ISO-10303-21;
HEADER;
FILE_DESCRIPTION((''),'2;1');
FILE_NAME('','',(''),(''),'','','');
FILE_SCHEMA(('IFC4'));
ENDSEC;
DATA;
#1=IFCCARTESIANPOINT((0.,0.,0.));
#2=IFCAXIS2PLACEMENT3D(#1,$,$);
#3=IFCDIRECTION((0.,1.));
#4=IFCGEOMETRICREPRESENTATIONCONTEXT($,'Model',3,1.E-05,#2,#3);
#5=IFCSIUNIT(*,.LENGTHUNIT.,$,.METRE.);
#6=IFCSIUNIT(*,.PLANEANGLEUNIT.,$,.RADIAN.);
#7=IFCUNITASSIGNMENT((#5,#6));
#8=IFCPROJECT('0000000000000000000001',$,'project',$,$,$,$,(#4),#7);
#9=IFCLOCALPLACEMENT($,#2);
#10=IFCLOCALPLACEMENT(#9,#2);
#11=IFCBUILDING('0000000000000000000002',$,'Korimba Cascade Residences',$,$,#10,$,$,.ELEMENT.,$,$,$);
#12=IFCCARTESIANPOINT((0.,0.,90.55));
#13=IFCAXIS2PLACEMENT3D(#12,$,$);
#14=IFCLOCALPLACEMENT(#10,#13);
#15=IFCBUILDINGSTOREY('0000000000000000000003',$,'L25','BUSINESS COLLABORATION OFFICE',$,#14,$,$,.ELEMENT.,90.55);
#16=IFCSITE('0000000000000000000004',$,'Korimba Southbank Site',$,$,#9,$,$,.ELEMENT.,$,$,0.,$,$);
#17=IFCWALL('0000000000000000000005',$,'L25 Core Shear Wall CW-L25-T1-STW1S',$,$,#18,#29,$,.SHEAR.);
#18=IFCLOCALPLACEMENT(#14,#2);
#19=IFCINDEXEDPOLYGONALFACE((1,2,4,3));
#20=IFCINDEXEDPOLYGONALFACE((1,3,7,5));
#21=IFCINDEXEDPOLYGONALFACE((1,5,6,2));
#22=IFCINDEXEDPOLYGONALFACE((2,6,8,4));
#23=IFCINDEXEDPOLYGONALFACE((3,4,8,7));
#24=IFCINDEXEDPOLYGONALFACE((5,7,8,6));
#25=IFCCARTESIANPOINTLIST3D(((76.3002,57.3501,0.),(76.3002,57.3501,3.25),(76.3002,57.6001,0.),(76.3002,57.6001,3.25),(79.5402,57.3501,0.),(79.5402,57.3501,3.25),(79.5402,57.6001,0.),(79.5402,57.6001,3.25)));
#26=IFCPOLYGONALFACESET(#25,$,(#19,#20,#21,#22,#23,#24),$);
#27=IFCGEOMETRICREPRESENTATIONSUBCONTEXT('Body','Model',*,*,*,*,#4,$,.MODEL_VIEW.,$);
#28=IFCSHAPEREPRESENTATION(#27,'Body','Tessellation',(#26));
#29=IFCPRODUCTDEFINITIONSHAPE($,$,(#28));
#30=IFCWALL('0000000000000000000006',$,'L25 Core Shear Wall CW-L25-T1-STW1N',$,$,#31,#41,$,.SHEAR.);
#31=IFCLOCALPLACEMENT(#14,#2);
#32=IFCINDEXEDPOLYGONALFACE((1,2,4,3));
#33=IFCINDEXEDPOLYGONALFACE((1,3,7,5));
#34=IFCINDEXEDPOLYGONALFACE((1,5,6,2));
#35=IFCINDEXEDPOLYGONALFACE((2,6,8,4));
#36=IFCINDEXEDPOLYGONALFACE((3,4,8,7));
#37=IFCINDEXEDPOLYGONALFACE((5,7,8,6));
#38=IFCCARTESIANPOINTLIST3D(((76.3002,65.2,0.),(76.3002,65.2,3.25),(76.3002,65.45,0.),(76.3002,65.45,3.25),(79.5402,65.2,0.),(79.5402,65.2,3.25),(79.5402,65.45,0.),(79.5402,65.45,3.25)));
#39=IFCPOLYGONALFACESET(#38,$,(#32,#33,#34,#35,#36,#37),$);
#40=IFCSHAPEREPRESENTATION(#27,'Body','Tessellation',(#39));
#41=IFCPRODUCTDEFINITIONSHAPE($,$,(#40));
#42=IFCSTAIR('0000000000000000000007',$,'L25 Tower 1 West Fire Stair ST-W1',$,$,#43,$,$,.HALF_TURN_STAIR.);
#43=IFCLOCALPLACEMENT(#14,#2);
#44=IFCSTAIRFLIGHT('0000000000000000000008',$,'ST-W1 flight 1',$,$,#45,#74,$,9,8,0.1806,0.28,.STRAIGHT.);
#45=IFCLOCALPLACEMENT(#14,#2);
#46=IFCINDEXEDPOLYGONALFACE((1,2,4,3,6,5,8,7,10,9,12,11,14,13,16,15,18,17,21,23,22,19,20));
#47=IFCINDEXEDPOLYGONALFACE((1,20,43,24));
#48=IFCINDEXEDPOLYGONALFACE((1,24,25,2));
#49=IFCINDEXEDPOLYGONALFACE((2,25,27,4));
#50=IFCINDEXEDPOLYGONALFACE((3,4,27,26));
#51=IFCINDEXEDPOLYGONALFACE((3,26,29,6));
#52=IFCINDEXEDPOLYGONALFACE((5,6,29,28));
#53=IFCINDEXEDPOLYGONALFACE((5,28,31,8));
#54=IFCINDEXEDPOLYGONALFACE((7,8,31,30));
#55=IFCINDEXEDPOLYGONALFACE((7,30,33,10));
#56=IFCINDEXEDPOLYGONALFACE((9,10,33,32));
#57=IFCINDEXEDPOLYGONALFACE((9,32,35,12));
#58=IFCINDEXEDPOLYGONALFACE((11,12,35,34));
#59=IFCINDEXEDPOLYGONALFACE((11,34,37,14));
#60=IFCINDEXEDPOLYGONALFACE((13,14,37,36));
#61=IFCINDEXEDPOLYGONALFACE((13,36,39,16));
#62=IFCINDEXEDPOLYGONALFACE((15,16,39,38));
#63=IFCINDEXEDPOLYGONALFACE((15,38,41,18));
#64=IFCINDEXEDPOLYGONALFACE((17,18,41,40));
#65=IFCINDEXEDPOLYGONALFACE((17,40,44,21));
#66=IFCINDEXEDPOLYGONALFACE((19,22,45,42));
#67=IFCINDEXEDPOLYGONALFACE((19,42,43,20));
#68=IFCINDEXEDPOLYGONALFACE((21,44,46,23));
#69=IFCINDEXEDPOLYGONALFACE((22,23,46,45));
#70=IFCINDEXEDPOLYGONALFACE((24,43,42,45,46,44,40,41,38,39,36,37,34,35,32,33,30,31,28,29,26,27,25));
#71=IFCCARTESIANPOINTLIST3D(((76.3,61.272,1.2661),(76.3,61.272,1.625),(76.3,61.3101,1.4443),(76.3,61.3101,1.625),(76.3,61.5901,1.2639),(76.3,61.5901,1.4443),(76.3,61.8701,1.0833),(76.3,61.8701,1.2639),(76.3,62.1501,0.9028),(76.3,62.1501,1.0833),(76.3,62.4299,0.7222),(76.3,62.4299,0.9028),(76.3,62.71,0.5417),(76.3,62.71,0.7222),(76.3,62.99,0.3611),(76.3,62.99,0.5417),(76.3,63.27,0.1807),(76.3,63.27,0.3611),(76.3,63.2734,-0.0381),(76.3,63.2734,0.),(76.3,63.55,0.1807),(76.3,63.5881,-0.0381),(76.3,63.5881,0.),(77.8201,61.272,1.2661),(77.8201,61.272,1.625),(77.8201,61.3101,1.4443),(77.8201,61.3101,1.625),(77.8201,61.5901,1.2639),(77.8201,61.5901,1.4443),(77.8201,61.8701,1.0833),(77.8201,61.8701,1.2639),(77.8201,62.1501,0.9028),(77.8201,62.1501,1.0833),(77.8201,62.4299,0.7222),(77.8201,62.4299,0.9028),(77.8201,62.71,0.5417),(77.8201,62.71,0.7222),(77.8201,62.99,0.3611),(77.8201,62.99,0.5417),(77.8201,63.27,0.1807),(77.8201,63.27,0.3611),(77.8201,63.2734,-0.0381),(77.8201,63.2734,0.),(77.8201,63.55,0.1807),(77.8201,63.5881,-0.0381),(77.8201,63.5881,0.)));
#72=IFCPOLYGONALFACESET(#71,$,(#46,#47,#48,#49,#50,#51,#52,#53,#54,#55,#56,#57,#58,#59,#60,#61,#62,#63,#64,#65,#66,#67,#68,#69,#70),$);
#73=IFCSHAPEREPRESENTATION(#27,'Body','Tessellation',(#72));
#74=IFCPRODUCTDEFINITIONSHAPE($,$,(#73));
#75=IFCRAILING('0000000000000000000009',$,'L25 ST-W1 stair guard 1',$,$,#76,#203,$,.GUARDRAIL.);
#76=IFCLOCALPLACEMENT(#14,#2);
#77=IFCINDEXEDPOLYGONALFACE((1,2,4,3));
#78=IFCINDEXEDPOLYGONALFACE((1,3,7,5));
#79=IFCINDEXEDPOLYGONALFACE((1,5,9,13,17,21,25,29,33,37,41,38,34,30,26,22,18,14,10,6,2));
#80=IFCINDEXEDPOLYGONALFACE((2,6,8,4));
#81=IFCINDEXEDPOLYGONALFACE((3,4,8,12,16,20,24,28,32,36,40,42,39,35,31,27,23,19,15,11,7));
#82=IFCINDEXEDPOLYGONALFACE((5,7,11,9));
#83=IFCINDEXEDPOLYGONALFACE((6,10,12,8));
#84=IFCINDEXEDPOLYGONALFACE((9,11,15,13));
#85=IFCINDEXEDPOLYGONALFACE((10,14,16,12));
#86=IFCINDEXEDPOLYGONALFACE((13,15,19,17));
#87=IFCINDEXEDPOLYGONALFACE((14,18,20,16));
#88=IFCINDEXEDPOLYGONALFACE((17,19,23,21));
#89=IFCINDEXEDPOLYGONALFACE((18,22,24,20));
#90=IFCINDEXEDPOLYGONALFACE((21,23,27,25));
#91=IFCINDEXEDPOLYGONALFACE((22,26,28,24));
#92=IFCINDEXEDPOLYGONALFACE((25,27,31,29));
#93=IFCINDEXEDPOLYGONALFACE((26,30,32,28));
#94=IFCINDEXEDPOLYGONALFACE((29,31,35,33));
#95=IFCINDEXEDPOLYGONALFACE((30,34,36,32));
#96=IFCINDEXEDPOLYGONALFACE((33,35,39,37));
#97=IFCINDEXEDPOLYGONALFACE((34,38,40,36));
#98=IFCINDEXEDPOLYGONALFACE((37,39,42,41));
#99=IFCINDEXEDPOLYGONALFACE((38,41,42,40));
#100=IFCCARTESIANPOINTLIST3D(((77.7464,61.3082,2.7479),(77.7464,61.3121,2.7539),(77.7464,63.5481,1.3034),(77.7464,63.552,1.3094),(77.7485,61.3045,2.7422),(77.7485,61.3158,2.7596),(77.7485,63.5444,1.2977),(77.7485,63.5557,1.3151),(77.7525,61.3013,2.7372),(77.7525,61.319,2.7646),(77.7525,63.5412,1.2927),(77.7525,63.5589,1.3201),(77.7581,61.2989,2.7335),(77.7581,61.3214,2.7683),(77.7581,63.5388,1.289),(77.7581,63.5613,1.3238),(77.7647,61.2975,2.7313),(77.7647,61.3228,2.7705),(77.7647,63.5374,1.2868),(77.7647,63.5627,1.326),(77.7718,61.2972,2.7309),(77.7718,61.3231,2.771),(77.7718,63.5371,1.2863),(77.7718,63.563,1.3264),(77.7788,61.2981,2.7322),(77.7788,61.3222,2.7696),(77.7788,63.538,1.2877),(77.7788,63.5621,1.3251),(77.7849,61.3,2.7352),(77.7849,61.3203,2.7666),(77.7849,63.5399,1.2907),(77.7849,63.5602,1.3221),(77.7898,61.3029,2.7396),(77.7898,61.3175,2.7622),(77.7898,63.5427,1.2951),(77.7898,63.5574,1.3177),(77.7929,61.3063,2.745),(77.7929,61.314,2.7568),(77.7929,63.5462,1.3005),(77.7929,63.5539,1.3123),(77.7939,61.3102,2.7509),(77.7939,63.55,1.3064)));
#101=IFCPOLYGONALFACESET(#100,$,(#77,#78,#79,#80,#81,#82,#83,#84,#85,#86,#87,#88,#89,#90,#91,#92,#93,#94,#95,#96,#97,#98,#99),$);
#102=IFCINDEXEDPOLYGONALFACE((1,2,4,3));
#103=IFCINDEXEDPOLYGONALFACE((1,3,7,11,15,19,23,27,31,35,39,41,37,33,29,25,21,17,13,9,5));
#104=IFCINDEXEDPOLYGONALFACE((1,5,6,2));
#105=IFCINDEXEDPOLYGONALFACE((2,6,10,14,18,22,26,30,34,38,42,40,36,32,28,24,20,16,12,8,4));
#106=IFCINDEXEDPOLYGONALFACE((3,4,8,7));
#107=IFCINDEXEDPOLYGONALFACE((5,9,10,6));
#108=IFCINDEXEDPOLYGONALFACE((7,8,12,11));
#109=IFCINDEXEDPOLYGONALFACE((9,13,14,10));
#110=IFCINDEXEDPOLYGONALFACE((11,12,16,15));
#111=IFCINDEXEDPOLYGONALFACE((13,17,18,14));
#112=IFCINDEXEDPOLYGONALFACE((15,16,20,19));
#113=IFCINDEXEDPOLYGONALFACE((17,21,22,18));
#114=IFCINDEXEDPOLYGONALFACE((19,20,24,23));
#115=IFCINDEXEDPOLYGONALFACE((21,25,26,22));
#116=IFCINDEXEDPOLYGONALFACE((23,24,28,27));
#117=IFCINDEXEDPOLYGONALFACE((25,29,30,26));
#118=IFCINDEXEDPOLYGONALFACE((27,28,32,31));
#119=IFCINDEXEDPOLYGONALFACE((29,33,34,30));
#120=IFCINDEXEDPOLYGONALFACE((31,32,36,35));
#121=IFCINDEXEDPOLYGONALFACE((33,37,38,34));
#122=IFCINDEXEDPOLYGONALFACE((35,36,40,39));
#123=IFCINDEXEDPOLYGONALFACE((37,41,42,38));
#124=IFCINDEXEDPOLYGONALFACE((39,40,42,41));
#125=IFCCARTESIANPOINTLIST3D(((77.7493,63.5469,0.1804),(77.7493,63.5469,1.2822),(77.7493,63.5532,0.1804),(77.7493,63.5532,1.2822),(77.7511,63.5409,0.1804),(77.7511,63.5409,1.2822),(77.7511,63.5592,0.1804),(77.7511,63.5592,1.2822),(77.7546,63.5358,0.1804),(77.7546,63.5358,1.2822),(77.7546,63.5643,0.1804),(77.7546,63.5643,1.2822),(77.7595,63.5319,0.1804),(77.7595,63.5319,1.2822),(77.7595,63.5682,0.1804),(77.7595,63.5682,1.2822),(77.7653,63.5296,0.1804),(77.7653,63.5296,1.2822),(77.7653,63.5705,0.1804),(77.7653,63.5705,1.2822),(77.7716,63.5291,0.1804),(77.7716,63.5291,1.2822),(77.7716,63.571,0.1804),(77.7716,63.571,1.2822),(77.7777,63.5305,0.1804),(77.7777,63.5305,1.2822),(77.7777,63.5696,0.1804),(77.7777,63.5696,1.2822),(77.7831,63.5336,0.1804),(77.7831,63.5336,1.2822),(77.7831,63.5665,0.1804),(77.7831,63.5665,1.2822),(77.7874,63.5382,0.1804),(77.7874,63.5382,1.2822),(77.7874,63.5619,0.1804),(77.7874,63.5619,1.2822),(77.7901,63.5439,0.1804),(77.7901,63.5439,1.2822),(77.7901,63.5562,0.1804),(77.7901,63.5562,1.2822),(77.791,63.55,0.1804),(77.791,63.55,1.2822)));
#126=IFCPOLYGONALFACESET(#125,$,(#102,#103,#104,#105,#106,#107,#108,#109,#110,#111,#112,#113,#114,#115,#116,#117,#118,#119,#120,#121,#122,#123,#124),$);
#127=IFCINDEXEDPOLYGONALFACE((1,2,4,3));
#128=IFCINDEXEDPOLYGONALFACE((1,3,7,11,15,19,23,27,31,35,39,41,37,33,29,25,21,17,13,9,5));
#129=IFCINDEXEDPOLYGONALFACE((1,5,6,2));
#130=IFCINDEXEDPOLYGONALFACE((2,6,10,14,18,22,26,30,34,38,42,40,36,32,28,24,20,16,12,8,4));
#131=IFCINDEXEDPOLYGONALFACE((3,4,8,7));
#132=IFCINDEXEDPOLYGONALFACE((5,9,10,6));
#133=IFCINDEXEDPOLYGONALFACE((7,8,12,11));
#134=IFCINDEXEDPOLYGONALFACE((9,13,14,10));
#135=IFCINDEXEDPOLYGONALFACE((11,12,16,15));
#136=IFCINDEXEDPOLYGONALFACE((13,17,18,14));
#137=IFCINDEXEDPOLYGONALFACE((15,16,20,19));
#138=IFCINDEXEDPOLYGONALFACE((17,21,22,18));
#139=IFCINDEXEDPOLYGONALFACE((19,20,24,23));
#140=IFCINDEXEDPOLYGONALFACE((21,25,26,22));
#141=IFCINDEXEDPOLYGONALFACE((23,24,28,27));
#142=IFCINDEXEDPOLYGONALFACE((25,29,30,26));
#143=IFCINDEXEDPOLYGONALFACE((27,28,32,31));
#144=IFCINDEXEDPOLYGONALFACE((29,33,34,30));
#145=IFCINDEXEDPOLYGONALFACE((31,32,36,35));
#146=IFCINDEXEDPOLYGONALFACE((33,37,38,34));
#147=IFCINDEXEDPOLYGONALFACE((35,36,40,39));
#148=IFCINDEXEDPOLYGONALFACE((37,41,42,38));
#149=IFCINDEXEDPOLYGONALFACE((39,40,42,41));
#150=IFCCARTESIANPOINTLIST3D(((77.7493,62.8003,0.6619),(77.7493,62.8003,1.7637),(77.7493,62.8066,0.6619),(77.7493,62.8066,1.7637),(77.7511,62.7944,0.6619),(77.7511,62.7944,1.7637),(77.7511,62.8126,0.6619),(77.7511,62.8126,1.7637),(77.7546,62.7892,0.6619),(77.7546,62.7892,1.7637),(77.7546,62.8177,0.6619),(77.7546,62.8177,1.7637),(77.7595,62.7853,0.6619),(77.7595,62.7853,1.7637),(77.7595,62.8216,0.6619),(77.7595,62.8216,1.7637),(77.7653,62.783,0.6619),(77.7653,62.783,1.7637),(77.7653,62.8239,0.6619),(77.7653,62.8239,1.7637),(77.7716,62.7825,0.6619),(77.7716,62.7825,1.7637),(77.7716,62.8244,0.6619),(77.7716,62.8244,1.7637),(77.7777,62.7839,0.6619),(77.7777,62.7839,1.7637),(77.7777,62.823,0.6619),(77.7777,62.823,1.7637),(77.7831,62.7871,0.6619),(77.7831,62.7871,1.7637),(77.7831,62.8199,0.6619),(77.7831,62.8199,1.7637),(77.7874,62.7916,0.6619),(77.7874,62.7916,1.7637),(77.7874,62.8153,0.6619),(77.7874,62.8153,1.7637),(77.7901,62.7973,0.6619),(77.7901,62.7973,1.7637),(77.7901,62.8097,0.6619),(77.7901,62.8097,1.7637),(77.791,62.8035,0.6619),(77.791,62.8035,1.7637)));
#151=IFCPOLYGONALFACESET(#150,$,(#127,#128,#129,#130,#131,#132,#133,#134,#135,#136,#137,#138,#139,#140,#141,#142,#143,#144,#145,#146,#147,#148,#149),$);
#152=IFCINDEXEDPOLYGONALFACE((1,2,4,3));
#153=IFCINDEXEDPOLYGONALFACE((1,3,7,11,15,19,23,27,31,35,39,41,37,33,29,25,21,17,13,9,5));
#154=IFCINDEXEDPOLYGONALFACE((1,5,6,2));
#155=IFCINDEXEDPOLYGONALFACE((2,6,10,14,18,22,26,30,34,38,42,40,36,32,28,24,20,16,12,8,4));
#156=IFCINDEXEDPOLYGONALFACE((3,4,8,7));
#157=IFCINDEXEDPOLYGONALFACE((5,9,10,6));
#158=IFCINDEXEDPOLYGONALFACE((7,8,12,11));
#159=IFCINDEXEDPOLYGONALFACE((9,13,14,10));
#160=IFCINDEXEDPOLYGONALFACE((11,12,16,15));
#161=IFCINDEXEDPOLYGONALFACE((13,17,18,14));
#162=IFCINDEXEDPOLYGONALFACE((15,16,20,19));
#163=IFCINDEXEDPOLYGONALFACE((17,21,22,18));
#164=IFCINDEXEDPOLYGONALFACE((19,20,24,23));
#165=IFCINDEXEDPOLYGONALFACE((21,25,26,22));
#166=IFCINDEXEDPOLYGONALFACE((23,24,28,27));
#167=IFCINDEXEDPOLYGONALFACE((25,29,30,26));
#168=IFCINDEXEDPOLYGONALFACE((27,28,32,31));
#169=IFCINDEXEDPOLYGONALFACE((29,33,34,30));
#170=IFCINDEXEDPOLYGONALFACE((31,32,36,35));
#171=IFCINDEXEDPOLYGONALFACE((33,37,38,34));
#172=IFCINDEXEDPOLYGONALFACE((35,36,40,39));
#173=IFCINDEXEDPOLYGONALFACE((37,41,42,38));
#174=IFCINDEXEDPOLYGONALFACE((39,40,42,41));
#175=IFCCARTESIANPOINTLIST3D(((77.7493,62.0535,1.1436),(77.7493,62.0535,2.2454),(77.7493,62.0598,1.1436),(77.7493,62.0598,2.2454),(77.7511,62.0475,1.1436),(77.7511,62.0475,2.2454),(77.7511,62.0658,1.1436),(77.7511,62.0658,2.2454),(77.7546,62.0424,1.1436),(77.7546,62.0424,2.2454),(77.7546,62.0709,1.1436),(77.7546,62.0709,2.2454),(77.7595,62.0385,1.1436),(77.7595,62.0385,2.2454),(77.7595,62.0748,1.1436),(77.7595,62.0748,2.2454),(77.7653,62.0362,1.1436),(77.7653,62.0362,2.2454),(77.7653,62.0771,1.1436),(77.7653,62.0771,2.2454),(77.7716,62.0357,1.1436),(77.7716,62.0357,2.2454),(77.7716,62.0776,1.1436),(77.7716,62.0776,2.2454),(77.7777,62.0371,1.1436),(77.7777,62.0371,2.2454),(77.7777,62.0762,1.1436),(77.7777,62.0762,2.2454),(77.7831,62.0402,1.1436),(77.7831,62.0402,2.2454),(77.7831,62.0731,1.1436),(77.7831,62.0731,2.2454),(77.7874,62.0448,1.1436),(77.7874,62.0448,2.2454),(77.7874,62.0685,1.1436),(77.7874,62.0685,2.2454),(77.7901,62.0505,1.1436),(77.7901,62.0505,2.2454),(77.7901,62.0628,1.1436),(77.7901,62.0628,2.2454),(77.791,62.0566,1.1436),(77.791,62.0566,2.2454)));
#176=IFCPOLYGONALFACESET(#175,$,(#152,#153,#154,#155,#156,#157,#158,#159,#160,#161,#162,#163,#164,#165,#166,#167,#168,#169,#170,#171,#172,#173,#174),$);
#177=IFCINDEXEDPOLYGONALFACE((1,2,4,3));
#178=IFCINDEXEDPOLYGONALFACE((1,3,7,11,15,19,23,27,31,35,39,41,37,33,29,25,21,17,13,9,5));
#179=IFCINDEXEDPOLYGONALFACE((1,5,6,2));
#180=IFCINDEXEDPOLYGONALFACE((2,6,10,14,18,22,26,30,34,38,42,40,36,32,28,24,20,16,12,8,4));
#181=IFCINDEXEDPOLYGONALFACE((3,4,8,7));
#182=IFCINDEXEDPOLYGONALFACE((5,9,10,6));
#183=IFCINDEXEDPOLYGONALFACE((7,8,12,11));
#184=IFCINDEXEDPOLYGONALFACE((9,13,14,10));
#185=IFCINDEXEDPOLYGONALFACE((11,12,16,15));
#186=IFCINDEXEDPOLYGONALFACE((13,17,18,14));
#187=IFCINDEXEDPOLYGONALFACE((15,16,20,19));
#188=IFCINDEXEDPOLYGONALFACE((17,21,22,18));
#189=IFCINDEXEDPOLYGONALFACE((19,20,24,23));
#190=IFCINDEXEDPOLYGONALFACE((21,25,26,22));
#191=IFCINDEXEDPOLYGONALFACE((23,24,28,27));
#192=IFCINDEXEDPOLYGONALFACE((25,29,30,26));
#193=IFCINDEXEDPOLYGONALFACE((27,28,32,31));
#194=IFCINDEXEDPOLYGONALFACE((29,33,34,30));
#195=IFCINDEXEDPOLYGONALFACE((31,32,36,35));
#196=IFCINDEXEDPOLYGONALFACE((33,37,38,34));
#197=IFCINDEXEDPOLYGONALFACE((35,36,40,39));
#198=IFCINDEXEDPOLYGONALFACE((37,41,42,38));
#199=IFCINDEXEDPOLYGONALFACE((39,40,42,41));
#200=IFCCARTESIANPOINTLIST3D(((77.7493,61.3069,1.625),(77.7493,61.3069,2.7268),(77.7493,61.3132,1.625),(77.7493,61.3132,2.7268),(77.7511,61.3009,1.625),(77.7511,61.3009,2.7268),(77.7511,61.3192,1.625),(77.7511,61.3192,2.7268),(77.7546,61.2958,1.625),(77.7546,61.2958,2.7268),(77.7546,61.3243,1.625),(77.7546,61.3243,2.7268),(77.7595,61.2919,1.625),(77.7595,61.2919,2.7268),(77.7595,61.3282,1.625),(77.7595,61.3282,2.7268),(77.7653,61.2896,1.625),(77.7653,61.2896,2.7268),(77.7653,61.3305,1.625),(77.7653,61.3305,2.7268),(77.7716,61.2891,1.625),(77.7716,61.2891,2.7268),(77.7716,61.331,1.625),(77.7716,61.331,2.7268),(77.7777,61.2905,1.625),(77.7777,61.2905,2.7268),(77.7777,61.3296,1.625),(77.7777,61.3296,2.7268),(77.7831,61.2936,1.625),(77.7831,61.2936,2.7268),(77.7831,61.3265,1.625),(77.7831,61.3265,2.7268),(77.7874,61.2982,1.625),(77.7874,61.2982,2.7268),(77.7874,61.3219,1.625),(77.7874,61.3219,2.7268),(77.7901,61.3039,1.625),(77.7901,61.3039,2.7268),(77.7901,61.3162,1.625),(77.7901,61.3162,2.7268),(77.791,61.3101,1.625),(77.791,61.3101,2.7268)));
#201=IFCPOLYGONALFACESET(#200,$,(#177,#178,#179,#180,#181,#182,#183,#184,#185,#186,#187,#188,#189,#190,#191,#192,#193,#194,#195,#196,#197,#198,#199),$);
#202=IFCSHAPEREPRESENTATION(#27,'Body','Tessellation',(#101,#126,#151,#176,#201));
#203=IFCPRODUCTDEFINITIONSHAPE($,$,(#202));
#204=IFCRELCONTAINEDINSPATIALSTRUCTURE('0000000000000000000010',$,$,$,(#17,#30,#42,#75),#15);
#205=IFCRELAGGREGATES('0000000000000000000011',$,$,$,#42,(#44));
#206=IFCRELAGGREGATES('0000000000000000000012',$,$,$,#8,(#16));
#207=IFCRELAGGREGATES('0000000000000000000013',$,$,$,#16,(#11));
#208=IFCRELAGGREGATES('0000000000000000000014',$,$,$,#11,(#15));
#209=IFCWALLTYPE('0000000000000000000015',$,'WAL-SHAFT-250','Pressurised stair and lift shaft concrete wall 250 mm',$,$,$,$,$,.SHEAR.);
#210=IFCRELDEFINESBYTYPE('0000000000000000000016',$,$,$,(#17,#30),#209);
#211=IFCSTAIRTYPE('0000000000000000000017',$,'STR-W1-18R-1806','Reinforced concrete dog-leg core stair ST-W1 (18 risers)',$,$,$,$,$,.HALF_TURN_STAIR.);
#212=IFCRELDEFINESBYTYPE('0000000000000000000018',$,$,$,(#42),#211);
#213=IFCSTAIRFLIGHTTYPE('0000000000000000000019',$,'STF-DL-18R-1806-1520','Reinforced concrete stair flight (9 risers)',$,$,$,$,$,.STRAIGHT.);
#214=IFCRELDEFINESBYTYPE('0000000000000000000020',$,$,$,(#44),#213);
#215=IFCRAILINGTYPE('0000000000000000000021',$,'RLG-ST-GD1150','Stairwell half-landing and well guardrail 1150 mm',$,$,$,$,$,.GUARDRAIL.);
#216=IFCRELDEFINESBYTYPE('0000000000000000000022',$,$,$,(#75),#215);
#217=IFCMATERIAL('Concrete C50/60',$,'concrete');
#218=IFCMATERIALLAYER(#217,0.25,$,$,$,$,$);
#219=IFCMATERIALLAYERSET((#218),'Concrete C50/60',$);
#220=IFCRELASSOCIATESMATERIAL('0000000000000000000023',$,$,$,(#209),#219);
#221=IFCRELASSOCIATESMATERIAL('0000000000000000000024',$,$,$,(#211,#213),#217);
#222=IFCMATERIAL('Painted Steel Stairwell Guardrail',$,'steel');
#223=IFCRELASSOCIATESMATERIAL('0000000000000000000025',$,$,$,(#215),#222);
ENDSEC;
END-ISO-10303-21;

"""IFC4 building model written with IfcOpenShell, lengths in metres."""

from ifc_helpers import new_model, si_unit, direction, frame, frame_2d, origin, origin_2d, place, context, subcontext, project, spatial, polyline, rectangle, circle, outline, extrude, material, layer, layer_set, type_object, element, aggregate, save


model = new_model("IFC4")

# Units and contexts
model_context = context("Model", 3, precision=1e-05, world=origin(), true_north=direction((0.0, 1.0)))
body_context = subcontext(model_context, "Body", "Model", "MODEL_VIEW")
ifc_project = project(units=[si_unit("LENGTHUNIT", "METRE"), si_unit("PLANEANGLEUNIT", "RADIAN")], contexts=[model_context])

# Site, building, storey
site_placement = place(None, origin())
site = spatial("IfcSite", under=ifc_project, at=site_placement, Name="Korimba Southbank Site", CompositionType="ELEMENT", RefElevation=0.0)
building_placement = place(site_placement, origin())
building = spatial("IfcBuilding", under=site, at=building_placement, Name="Korimba Cascade Residences", CompositionType="ELEMENT")
storey_placement = place(building_placement, frame((0.0, 0.0, 90.55)))
storey = spatial("IfcBuildingStorey", under=building, at=storey_placement, Name="L25", Description="BUSINESS COLLABORATION OFFICE", CompositionType="ELEMENT", Elevation=90.55)

# Walls
ifc_material_1 = material(Name="Concrete C50/60", Category="concrete")
ifc_layer_1 = layer(ifc_material_1, 0.25)
ifc_layer_set_1 = layer_set([ifc_layer_1], Name="Concrete C50/60")
wall_type_1 = type_object("IfcWallType", Name="WAL-SHAFT-250", Description="Pressurised stair and lift shaft concrete wall 250 mm", PredefinedType="SHEAR", material=ifc_layer_set_1)
for number, where, z_axis, x_axis, name in (
    (1, (76.3, 57.4751, 0.0), (0.0, 0.0, 1.0), (1.0, 0.0, 0.0), "L25 Core Shear Wall CW-L25-T1-STW1S"),
    (2, (76.3, 65.325, 0.0), (0.0, 0.0, 1.0), (1.0, 0.0, 0.0), "L25 Core Shear Wall CW-L25-T1-STW1N"),
):
    element("IfcWall", number, at=place(storey_placement, frame(where, z_axis=z_axis, x_axis=x_axis)), inside=storey, type_object=wall_type_1, Name=name, PredefinedType="SHEAR", context=body_context, shape_type="SweptSolid", body=[
        extrude(rectangle(XDim=3.24, YDim=0.25, at=frame_2d((1.6201, 0.0))), origin(), (0.0, 0.0, 1.0), 3.25),
    ])

# Stair, stair flight
stair_type = type_object("IfcStairType", Name="STR-W1-18R-1806", Description="Reinforced concrete dog-leg core stair ST-W1 (18 risers)", PredefinedType="HALF_TURN_STAIR", material=ifc_material_1)
stair_placement = place(storey_placement, origin())
stair = element("IfcStair", 3, at=stair_placement, inside=storey, type_object=stair_type, Name="L25 Tower 1 West Fire Stair ST-W1", PredefinedType="HALF_TURN_STAIR")
stair_flight_type = type_object("IfcStairFlightType", Name="STF-DL-18R-1806-1520", Description="Reinforced concrete stair flight (9 risers)", PredefinedType="STRAIGHT", material=ifc_material_1)
stair_flight_placement = place(storey_placement, frame((77.0601, 63.55, 0.0), z_axis=(0.0, 0.0, 1.0), x_axis=(0.0, -1.0, 0.0)))
stair_flight = element("IfcStairFlight", 4, at=stair_flight_placement, type_object=stair_flight_type, Name="ST-W1 flight 1", NumberOfRisers=9, NumberOfTreads=8, PredefinedType="STRAIGHT", RiserHeight=0.1806, TreadLength=0.28, context=body_context, shape_type="SweptSolid", body=[
    extrude(outline(polyline([(-0.0381, 0.0), (0.0, 0.1807), (0.28, 0.1807), (0.28, 0.3611), (0.5601, 0.3611), (0.5601, 0.5417), (0.8401, 0.5417), (0.8401, 0.7222), (1.1201, 0.7222), (1.1201, 0.9028), (1.3999, 0.9028), (1.3999, 1.0833), (1.6799, 1.0833), (1.6799, 1.2639), (1.96, 1.2639), (1.96, 1.4443), (2.24, 1.4443), (2.24, 1.625), (2.2781, 1.625), (2.2781, 1.2661), (0.2766, 0.0), (0.2766, -0.0381), (-0.0381, -0.0381), (-0.0381, 0.0)])), frame((0.0, 0.76, 0.0), z_axis=(0.0, -1.0, 0.0), x_axis=(1.0, 0.0, 0.0)), (0.0, 0.0, 1.0), 1.52),
])
aggregate(stair, [stair_flight])

# Railing
ifc_material_2 = material(Name="Painted Steel Stairwell Guardrail", Category="steel")
railing_type_1 = type_object("IfcRailingType", Name="RLG-ST-GD1150", Description="Stairwell half-landing and well guardrail 1150 mm", PredefinedType="GUARDRAIL", material=ifc_material_2)
railing_1_placement = place(storey_placement, frame((77.77, 63.55, 0.1804)))
element("IfcRailing", 5, at=railing_1_placement, inside=storey, type_object=railing_type_1, Name="L25 ST-W1 stair guard 1", PredefinedType="GUARDRAIL", context=body_context, shape_type="SweptSolid", body=[
    extrude(circle(Radius=0.0239, at=origin_2d()), frame((0.0, 0.0, 1.126), z_axis=(0.0, -0.840395, 0.541975), x_axis=(1.0, 0.0, 0.0)), (0.0, 0.0, 1.0), 2.6653),
    extrude(circle(Radius=0.021, at=origin_2d()), origin(), (0.0, 0.0, 1.0), 1.1018),
    extrude(circle(Radius=0.021, at=origin_2d()), frame((0.0, -0.7466, 0.4814)), (0.0, 0.0, 1.0), 1.1018),
    extrude(circle(Radius=0.021, at=origin_2d()), frame((0.0, -1.4934, 0.9631)), (0.0, 0.0, 1.0), 1.1018),
    extrude(circle(Radius=0.021, at=origin_2d()), frame((0.0, -2.24, 1.4446)), (0.0, 0.0, 1.0), 1.1018),
])

save(model, "model.ifc")
